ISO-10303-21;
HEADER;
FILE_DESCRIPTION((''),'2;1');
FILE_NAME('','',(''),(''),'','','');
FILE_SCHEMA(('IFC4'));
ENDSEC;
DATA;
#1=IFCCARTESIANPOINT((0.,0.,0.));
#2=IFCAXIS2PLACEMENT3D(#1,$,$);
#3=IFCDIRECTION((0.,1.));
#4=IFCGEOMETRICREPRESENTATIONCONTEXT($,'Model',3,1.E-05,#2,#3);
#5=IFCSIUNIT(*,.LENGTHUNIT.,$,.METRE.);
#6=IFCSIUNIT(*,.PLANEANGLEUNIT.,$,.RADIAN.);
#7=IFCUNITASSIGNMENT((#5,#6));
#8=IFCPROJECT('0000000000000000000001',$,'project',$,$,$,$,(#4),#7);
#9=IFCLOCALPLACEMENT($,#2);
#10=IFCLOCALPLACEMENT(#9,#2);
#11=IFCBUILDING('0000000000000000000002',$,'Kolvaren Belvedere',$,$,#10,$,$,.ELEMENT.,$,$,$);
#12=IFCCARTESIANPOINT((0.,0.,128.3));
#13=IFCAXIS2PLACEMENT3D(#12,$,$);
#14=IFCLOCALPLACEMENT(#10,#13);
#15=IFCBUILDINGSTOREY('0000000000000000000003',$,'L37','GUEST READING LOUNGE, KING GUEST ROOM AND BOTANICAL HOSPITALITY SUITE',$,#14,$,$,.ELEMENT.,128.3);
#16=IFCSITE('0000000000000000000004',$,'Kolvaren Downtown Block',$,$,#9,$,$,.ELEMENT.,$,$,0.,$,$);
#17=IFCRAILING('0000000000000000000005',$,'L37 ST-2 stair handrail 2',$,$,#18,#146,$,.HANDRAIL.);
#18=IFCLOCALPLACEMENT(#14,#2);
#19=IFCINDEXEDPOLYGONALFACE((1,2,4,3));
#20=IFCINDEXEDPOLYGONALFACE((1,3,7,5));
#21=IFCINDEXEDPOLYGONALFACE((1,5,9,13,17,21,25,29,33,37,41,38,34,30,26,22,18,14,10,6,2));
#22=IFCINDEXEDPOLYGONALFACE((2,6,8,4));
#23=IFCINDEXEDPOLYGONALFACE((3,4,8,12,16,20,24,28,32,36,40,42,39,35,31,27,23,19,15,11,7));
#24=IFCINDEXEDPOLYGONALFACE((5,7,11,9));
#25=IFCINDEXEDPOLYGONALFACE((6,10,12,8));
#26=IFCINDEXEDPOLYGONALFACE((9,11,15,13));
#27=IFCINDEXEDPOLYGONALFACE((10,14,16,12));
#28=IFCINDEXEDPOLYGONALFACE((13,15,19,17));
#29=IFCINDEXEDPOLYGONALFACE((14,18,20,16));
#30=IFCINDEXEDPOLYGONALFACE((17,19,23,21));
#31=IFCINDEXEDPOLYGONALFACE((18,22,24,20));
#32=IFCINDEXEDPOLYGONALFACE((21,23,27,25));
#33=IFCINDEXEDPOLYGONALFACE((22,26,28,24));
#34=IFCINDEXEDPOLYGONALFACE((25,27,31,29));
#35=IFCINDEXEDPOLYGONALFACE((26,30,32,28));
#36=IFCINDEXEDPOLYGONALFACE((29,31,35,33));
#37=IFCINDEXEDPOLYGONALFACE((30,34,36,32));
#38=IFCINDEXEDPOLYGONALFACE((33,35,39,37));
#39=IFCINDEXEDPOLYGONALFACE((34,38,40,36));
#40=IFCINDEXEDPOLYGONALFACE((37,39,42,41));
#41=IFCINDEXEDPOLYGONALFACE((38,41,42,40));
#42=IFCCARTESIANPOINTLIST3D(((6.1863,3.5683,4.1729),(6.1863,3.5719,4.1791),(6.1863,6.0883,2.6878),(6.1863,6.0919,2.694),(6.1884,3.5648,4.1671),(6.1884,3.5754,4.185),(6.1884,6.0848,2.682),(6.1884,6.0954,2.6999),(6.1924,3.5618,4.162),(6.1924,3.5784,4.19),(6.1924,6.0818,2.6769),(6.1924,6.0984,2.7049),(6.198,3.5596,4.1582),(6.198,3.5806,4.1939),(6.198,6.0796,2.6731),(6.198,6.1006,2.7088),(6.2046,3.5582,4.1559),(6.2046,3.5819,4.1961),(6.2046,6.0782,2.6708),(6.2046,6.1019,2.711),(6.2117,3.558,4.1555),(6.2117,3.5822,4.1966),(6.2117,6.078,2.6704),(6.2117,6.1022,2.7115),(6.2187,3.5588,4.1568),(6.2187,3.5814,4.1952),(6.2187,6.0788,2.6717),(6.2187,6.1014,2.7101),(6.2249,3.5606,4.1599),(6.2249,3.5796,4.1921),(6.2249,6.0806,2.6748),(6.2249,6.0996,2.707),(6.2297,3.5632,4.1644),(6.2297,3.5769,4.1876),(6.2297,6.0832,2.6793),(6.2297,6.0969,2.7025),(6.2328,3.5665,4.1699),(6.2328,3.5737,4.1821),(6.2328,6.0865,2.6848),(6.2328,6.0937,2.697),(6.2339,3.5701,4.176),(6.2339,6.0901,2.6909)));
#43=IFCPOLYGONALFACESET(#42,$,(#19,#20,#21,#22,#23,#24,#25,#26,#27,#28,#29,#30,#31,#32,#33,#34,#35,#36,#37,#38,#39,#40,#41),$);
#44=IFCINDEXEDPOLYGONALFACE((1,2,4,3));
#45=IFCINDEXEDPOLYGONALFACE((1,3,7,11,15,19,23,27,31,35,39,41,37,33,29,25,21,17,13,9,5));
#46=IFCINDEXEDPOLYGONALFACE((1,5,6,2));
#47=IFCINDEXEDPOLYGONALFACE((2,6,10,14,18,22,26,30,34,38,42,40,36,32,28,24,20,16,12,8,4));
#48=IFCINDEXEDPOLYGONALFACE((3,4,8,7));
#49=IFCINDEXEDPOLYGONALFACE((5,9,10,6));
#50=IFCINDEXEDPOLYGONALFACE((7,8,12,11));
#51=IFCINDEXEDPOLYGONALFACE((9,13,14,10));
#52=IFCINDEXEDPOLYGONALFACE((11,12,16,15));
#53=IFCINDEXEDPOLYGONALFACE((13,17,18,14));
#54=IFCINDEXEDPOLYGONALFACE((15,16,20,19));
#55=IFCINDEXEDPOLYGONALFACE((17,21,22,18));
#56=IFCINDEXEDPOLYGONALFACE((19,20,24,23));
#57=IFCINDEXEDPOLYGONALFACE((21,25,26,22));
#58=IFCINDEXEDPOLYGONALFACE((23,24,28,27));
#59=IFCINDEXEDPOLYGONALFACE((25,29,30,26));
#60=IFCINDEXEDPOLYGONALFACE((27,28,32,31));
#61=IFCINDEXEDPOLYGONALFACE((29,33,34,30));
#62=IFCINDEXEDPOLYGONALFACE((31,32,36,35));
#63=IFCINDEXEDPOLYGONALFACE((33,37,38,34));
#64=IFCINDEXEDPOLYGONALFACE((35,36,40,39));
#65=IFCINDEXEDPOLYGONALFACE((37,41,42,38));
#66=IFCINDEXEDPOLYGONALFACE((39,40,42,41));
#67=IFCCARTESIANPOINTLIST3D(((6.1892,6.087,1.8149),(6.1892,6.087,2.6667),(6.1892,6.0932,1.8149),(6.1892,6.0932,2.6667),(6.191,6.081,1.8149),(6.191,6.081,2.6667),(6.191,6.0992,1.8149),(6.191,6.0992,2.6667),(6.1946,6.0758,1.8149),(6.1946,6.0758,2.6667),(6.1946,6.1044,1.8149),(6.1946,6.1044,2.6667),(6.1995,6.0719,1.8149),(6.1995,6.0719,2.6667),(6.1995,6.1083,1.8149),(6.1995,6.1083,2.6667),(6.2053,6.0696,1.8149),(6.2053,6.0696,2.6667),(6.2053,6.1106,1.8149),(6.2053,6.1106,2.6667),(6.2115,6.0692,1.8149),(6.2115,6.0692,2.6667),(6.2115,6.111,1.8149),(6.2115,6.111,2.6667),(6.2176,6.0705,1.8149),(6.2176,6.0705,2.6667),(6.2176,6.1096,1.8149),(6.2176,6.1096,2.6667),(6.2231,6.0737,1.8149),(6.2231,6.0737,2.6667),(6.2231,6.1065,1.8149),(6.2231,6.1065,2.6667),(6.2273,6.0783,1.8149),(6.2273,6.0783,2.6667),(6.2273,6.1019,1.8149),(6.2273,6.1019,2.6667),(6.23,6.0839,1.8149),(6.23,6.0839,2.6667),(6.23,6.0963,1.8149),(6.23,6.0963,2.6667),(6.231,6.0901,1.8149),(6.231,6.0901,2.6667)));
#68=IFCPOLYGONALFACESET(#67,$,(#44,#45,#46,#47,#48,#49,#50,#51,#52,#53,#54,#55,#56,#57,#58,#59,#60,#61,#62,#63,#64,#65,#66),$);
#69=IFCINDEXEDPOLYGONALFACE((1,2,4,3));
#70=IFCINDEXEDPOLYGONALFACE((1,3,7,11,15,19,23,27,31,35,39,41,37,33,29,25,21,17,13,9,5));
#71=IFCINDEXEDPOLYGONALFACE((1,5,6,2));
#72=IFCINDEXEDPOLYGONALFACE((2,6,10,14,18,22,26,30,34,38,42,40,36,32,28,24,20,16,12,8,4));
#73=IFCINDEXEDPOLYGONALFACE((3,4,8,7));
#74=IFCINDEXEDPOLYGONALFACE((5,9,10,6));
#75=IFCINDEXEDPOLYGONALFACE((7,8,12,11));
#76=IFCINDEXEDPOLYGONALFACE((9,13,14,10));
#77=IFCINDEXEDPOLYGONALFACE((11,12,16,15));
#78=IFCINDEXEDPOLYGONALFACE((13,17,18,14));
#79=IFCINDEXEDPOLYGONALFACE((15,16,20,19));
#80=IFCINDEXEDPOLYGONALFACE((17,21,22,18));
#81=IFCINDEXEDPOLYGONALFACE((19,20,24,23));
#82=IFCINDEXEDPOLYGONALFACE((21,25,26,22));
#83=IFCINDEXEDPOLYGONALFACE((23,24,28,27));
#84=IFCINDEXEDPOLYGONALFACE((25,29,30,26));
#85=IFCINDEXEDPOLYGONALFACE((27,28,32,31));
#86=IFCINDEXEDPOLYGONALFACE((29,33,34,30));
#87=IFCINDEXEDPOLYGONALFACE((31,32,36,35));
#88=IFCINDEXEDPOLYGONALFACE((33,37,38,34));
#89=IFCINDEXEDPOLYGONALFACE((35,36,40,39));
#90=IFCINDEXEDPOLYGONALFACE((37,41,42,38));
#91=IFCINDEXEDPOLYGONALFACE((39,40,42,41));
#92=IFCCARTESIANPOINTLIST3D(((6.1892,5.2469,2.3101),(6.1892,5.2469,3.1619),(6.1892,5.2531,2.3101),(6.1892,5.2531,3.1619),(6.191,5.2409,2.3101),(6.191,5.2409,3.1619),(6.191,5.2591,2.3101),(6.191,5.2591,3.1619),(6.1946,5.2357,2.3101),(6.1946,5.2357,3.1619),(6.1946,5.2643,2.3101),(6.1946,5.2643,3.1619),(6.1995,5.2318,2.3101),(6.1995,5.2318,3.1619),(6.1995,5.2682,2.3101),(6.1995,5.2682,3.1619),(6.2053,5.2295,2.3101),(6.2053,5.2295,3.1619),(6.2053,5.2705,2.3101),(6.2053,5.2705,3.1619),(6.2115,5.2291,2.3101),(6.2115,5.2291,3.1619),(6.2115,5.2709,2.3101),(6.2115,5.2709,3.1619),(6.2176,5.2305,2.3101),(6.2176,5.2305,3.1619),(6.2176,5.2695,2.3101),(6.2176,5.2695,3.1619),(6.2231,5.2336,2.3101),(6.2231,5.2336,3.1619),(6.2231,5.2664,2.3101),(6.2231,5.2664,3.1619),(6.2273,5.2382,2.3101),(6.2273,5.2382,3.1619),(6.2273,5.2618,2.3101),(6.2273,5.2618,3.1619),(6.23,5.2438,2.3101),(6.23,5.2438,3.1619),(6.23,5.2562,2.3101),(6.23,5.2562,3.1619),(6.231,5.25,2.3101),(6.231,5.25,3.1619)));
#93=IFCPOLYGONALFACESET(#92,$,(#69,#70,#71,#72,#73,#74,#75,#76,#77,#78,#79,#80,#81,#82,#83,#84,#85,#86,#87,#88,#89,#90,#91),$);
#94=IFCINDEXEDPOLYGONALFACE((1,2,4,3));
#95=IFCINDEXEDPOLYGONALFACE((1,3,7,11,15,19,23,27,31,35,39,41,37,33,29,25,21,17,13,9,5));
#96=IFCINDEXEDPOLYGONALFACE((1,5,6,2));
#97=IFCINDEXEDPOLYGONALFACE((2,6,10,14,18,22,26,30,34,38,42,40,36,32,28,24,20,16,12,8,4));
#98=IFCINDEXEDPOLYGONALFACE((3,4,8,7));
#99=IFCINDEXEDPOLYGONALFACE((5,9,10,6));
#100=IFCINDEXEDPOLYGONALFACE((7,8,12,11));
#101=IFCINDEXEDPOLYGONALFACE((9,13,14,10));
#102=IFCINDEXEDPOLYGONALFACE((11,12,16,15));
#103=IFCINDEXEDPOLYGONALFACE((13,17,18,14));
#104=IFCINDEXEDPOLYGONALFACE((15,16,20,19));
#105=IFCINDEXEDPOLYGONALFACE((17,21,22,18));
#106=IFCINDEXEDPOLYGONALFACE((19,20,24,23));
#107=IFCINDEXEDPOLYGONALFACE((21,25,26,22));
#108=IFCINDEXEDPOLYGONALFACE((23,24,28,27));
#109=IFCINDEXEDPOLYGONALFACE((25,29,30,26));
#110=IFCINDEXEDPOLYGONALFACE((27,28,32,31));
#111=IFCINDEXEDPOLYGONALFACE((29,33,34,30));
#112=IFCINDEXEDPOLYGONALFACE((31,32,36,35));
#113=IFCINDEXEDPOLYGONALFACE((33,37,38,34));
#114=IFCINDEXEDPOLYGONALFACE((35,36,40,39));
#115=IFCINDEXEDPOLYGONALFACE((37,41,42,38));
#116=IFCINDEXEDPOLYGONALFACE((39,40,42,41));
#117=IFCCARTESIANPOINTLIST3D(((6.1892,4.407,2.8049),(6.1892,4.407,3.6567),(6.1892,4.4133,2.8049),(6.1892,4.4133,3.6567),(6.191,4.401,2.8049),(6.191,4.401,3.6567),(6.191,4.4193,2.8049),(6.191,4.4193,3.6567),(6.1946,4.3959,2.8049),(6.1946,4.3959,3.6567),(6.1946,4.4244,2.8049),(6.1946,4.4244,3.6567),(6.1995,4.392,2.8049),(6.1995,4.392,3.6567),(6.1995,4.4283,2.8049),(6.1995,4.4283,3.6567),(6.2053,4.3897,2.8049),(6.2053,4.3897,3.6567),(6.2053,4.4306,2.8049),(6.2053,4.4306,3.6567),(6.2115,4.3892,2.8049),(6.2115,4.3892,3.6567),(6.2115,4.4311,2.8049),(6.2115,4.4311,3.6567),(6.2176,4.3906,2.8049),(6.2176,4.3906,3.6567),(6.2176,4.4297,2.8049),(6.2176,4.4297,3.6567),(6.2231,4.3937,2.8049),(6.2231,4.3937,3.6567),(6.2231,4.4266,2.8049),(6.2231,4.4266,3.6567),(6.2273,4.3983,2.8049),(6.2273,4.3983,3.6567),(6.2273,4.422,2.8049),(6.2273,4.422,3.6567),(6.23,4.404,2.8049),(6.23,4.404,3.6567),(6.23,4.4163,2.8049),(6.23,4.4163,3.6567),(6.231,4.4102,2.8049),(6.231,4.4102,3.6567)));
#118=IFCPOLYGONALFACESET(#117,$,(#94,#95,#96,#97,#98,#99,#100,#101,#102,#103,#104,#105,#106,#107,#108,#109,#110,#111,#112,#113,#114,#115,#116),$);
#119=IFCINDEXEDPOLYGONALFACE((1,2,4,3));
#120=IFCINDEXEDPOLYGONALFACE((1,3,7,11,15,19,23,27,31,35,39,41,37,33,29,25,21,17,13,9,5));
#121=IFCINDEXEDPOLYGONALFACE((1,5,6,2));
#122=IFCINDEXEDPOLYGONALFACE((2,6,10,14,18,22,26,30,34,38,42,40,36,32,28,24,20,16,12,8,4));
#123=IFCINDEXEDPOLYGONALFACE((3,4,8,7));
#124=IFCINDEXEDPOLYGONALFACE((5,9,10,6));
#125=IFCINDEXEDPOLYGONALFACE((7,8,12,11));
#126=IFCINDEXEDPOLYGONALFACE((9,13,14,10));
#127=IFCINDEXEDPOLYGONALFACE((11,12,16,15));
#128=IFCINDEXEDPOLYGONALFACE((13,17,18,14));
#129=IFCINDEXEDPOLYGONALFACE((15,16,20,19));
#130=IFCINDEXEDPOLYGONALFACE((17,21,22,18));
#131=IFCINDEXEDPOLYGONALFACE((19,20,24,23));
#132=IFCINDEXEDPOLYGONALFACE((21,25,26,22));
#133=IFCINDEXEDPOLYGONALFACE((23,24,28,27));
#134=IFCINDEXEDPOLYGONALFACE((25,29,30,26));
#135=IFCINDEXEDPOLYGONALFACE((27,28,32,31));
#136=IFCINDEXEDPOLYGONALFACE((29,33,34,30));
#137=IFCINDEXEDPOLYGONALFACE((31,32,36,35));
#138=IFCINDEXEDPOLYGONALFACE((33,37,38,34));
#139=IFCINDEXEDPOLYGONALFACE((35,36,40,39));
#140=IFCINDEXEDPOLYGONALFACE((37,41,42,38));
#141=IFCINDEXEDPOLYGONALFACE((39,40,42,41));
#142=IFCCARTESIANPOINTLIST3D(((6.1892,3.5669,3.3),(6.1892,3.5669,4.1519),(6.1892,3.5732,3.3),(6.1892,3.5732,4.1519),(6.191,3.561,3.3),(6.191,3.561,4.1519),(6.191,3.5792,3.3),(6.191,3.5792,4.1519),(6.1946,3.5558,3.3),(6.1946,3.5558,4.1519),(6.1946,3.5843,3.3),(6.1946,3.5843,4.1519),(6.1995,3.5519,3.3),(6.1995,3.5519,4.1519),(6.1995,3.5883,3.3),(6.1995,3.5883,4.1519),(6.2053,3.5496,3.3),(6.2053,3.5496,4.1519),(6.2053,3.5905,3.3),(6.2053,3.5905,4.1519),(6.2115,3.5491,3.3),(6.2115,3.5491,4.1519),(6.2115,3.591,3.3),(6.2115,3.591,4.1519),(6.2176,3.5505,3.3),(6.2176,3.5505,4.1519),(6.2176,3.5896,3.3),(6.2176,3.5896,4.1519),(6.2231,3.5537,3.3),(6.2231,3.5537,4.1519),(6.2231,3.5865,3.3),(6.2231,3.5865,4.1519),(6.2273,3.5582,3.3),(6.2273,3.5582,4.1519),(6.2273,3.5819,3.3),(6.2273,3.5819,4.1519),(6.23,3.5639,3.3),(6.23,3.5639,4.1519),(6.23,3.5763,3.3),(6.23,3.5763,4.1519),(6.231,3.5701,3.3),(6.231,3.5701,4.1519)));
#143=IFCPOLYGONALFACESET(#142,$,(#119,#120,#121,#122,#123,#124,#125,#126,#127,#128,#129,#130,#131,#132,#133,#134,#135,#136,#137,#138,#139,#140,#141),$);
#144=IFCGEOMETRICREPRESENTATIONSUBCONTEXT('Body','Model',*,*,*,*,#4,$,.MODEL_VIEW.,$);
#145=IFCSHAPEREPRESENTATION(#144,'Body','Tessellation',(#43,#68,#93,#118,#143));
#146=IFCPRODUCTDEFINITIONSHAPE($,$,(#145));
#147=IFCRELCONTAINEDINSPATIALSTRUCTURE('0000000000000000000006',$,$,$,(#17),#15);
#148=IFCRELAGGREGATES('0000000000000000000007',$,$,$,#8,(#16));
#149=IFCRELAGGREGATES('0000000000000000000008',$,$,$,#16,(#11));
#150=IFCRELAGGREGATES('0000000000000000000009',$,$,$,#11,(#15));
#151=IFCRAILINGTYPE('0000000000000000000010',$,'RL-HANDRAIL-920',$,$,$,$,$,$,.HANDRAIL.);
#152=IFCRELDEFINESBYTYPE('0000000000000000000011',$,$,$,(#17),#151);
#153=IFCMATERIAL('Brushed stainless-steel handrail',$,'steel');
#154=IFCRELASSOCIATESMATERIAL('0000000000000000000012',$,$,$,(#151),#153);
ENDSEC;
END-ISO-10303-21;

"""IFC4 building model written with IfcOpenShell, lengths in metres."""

from ifc_helpers import new_model, si_unit, direction, frame, origin, origin_2d, place, context, subcontext, project, spatial, circle, extrude, material, type_object, element, save


model = new_model("IFC4")

# Units and contexts
model_context = context("Model", 3, precision=1e-05, world=origin(), true_north=direction((0.0, 1.0)))
body_context = subcontext(model_context, "Body", "Model", "MODEL_VIEW")
ifc_project = project(units=[si_unit("LENGTHUNIT", "METRE"), si_unit("PLANEANGLEUNIT", "RADIAN")], contexts=[model_context])

# Site, building, storey
site_placement = place(None, origin())
site = spatial("IfcSite", under=ifc_project, at=site_placement, Name="Kolvaren Downtown Block", CompositionType="ELEMENT", RefElevation=0.0)
building_placement = place(site_placement, origin())
building = spatial("IfcBuilding", under=site, at=building_placement, Name="Kolvaren Belvedere", CompositionType="ELEMENT")
storey_placement = place(building_placement, frame((0.0, 0.0, 128.3)))
storey = spatial("IfcBuildingStorey", under=building, at=storey_placement, Name="L37", Description="GUEST READING LOUNGE, KING GUEST ROOM AND BOTANICAL HOSPITALITY SUITE", CompositionType="ELEMENT", Elevation=128.3)

# Railing
ifc_material_1 = material(Name="Brushed stainless-steel handrail", Category="steel")
railing_type_1 = type_object("IfcRailingType", Name="RL-HANDRAIL-920", PredefinedType="HANDRAIL", material=ifc_material_1)
railing_1_placement = place(storey_placement, frame((6.21, 6.0901, 1.8149)))
element("IfcRailing", 1, at=railing_1_placement, inside=storey, type_object=railing_type_1, Name="L37 ST-2 stair handrail 2", PredefinedType="HANDRAIL", context=body_context, shape_type="SweptSolid", body=[
    extrude(circle(Radius=0.0239, at=origin_2d()), frame((0.0, 0.0, 0.876), z_axis=(0.0, -0.861524, 0.507717), x_axis=(1.0, 0.0, 0.0)), (0.0, 0.0, 1.0), 2.925),
    extrude(circle(Radius=0.021, at=origin_2d()), origin(), (0.0, 0.0, 1.0), 0.8518),
    extrude(circle(Radius=0.021, at=origin_2d()), frame((0.0, -0.8401, 0.4951)), (0.0, 0.0, 1.0), 0.8518),
    extrude(circle(Radius=0.021, at=origin_2d()), frame((0.0, -1.6799, 0.99)), (0.0, 0.0, 1.0), 0.8518),
    extrude(circle(Radius=0.021, at=origin_2d()), frame((0.0, -2.52, 1.4851)), (0.0, 0.0, 1.0), 0.8518),
])

save(model, "model.ifc")
